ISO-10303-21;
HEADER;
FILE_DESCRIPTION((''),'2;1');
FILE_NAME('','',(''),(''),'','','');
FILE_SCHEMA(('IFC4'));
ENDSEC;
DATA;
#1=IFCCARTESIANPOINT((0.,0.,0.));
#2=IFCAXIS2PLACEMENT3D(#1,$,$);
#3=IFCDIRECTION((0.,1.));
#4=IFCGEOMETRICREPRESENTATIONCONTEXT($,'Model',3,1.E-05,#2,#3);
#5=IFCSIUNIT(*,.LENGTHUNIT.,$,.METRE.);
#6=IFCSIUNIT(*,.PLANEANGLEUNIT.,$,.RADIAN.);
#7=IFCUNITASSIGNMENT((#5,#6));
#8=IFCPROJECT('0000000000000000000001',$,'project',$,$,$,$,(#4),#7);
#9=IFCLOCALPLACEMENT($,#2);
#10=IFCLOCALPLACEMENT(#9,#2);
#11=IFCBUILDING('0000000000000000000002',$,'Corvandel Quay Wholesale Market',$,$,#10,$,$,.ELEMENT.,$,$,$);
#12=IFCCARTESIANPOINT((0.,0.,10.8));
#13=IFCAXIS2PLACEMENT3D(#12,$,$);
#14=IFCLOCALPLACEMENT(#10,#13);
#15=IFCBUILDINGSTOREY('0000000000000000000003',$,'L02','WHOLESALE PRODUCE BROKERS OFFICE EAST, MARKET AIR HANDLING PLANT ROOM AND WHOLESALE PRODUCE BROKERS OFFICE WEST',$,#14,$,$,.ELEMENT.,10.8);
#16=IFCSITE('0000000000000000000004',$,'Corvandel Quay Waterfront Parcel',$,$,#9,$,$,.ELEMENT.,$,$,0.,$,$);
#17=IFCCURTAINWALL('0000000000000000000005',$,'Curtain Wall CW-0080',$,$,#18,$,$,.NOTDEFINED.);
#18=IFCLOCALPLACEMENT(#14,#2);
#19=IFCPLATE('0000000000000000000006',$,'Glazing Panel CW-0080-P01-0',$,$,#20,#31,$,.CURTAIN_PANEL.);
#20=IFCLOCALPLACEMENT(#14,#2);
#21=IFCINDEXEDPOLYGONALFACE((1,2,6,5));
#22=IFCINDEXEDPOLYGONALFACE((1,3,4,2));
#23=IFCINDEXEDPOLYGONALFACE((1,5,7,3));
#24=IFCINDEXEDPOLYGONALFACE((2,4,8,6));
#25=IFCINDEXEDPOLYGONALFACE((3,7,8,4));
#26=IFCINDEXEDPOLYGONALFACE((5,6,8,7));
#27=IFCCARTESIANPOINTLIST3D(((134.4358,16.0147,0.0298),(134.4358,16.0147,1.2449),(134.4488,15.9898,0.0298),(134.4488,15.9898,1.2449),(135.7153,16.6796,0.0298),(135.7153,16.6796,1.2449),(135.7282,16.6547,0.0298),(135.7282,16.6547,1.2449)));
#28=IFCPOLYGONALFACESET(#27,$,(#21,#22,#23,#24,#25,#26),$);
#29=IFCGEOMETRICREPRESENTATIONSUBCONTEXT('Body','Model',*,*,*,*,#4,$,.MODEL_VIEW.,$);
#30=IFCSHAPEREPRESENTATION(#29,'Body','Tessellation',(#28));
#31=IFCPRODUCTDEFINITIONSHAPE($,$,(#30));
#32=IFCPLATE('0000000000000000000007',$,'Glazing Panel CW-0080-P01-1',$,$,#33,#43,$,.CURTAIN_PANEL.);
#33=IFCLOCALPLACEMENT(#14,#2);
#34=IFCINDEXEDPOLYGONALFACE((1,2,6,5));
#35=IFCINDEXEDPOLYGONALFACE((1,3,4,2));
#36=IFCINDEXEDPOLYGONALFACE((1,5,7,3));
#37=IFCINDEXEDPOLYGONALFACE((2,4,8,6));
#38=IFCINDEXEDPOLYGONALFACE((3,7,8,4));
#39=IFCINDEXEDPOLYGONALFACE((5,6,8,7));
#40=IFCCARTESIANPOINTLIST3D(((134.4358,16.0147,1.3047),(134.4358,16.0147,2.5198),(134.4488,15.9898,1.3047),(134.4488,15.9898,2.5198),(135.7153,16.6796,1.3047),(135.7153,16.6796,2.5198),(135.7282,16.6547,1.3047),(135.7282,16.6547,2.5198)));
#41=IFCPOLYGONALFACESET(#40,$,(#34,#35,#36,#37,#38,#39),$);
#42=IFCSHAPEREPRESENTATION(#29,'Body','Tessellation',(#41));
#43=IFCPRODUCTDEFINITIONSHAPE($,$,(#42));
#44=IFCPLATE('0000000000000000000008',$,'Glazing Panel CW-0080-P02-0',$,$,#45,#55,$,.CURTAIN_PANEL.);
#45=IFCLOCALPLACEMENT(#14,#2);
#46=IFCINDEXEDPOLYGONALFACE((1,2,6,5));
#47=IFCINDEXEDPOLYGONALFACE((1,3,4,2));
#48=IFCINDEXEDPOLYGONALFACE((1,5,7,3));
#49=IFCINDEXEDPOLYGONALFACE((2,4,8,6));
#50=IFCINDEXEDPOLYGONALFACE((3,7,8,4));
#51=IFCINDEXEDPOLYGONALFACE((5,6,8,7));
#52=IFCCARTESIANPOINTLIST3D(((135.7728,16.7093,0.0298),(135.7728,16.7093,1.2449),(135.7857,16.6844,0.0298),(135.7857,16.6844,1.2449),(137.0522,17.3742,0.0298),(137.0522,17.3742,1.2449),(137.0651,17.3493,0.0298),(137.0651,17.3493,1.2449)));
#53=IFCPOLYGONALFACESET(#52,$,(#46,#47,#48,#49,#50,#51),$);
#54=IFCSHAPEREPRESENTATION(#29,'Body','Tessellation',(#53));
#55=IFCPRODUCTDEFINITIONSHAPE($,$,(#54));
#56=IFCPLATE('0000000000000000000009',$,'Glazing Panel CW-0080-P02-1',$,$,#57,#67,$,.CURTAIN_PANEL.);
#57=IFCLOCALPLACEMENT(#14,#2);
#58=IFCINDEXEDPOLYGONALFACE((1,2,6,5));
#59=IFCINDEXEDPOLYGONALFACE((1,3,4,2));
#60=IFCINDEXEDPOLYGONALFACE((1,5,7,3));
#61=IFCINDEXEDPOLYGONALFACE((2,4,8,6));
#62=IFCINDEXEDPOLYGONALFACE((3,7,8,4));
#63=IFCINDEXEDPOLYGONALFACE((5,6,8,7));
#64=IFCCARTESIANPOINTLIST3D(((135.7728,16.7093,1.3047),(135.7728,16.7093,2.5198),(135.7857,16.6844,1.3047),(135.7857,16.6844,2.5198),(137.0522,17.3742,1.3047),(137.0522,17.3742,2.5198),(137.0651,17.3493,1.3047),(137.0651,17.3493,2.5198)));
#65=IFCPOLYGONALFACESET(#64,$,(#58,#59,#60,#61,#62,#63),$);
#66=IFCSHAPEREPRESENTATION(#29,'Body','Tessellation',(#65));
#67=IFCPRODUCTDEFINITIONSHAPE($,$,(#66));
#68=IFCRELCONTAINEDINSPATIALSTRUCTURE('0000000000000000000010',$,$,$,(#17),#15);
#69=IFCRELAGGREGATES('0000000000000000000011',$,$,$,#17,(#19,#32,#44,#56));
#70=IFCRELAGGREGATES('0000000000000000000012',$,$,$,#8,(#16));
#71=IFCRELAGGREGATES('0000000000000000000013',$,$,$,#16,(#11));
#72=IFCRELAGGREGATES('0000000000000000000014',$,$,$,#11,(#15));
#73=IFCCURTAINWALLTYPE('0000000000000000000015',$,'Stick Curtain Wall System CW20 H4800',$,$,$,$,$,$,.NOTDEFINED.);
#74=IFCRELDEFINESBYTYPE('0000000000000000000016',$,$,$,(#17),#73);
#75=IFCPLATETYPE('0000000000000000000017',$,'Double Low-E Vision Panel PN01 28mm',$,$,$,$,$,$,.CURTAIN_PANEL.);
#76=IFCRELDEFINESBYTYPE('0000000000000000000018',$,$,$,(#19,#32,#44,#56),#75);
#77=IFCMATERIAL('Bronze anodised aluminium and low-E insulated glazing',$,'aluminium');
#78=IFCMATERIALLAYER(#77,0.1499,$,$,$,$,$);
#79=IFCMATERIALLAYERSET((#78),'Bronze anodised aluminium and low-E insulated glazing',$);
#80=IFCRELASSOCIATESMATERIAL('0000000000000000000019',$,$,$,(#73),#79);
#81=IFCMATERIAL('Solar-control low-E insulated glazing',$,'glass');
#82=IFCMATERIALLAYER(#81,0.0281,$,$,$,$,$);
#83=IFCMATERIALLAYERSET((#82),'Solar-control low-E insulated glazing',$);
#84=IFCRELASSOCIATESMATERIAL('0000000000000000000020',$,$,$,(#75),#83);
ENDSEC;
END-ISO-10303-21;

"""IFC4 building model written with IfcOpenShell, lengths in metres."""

from ifc_helpers import new_model, si_unit, direction, frame, origin, origin_2d, place, context, subcontext, project, spatial, rectangle, extrude, material, layer, layer_set, type_object, element, aggregate, save


model = new_model("IFC4")

# Units and contexts
model_context = context("Model", 3, precision=1e-05, world=origin(), true_north=direction((0.0, 1.0)))
body_context = subcontext(model_context, "Body", "Model", "MODEL_VIEW")
ifc_project = project(units=[si_unit("LENGTHUNIT", "METRE"), si_unit("PLANEANGLEUNIT", "RADIAN")], contexts=[model_context])

# Site, building, storey
site_placement = place(None, origin())
site = spatial("IfcSite", under=ifc_project, at=site_placement, Name="Corvandel Quay Waterfront Parcel", CompositionType="ELEMENT", RefElevation=0.0)
building_placement = place(site_placement, origin())
building = spatial("IfcBuilding", under=site, at=building_placement, Name="Corvandel Quay Wholesale Market", CompositionType="ELEMENT")
storey_placement = place(building_placement, frame((0.0, 0.0, 10.8)))
storey = spatial("IfcBuildingStorey", under=building, at=storey_placement, Name="L02", Description="WHOLESALE PRODUCE BROKERS OFFICE EAST, MARKET AIR HANDLING PLANT ROOM AND WHOLESALE PRODUCE BROKERS OFFICE WEST", CompositionType="ELEMENT", Elevation=10.8)

# Curtain wall
ifc_material_1 = material(Name="Bronze anodised aluminium and low-E insulated glazing", Category="aluminium")
ifc_layer_1 = layer(ifc_material_1, 0.1499)
ifc_layer_set_1 = layer_set([ifc_layer_1], Name="Bronze anodised aluminium and low-E insulated glazing")
curtain_wall_type_1 = type_object("IfcCurtainWallType", Name="Stick Curtain Wall System CW20 H4800", PredefinedType="NOTDEFINED", material=ifc_layer_set_1)
curtain_wall_1_placement = place(storey_placement, origin())
curtain_wall_1 = element("IfcCurtainWall", 1, at=curtain_wall_1_placement, inside=storey, type_object=curtain_wall_type_1, Name="Curtain Wall CW-0080", PredefinedType="NOTDEFINED")

# Plates
ifc_material_2 = material(Name="Solar-control low-E insulated glazing", Category="glass")
ifc_layer_2 = layer(ifc_material_2, 0.0281)
ifc_layer_set_2 = layer_set([ifc_layer_2], Name="Solar-control low-E insulated glazing")
plate_type = type_object("IfcPlateType", Name="Double Low-E Vision Panel PN01 28mm", PredefinedType="CURTAIN_PANEL", material=ifc_layer_set_2)
plate_1_placement = place(storey_placement, frame((135.082, 16.3347, 0.0298), z_axis=(0.0, 0.0, 1.0), x_axis=(0.887333, 0.461129, 0.0)))
plate_1 = element("IfcPlate", 2, at=plate_1_placement, type_object=plate_type, Name="Glazing Panel CW-0080-P01-0", PredefinedType="CURTAIN_PANEL", context=body_context, shape_type="SweptSolid", body=[
    extrude(rectangle(XDim=1.4419, YDim=0.0281, at=origin_2d()), origin(), (0.0, 0.0, 1.0), 1.2151),
])
plate_2_placement = place(storey_placement, frame((135.082, 16.3347, 1.3047), z_axis=(0.0, 0.0, 1.0), x_axis=(0.887333, 0.461129, 0.0)))
plate_2 = element("IfcPlate", 3, at=plate_2_placement, type_object=plate_type, Name="Glazing Panel CW-0080-P01-1", PredefinedType="CURTAIN_PANEL", context=body_context, shape_type="SweptSolid", body=[
    extrude(rectangle(XDim=1.4419, YDim=0.0281, at=origin_2d()), origin(), (0.0, 0.0, 1.0), 1.2151),
])
plate_3_placement = place(storey_placement, frame((136.4189, 17.0293, 0.0298), z_axis=(0.0, 0.0, 1.0), x_axis=(0.887333, 0.461129, 0.0)))
plate_3 = element("IfcPlate", 4, at=plate_3_placement, type_object=plate_type, Name="Glazing Panel CW-0080-P02-0", PredefinedType="CURTAIN_PANEL", context=body_context, shape_type="SweptSolid", body=[
    extrude(rectangle(XDim=1.4419, YDim=0.0281, at=origin_2d()), origin(), (0.0, 0.0, 1.0), 1.2151),
])
plate_4_placement = place(storey_placement, frame((136.4189, 17.0293, 1.3047), z_axis=(0.0, 0.0, 1.0), x_axis=(0.887333, 0.461129, 0.0)))
plate_4 = element("IfcPlate", 5, at=plate_4_placement, type_object=plate_type, Name="Glazing Panel CW-0080-P02-1", PredefinedType="CURTAIN_PANEL", context=body_context, shape_type="SweptSolid", body=[
    extrude(rectangle(XDim=1.4419, YDim=0.0281, at=origin_2d()), origin(), (0.0, 0.0, 1.0), 1.2151),
])
aggregate(curtain_wall_1, [plate_1, plate_2, plate_3, plate_4])

save(model, "model.ifc")
